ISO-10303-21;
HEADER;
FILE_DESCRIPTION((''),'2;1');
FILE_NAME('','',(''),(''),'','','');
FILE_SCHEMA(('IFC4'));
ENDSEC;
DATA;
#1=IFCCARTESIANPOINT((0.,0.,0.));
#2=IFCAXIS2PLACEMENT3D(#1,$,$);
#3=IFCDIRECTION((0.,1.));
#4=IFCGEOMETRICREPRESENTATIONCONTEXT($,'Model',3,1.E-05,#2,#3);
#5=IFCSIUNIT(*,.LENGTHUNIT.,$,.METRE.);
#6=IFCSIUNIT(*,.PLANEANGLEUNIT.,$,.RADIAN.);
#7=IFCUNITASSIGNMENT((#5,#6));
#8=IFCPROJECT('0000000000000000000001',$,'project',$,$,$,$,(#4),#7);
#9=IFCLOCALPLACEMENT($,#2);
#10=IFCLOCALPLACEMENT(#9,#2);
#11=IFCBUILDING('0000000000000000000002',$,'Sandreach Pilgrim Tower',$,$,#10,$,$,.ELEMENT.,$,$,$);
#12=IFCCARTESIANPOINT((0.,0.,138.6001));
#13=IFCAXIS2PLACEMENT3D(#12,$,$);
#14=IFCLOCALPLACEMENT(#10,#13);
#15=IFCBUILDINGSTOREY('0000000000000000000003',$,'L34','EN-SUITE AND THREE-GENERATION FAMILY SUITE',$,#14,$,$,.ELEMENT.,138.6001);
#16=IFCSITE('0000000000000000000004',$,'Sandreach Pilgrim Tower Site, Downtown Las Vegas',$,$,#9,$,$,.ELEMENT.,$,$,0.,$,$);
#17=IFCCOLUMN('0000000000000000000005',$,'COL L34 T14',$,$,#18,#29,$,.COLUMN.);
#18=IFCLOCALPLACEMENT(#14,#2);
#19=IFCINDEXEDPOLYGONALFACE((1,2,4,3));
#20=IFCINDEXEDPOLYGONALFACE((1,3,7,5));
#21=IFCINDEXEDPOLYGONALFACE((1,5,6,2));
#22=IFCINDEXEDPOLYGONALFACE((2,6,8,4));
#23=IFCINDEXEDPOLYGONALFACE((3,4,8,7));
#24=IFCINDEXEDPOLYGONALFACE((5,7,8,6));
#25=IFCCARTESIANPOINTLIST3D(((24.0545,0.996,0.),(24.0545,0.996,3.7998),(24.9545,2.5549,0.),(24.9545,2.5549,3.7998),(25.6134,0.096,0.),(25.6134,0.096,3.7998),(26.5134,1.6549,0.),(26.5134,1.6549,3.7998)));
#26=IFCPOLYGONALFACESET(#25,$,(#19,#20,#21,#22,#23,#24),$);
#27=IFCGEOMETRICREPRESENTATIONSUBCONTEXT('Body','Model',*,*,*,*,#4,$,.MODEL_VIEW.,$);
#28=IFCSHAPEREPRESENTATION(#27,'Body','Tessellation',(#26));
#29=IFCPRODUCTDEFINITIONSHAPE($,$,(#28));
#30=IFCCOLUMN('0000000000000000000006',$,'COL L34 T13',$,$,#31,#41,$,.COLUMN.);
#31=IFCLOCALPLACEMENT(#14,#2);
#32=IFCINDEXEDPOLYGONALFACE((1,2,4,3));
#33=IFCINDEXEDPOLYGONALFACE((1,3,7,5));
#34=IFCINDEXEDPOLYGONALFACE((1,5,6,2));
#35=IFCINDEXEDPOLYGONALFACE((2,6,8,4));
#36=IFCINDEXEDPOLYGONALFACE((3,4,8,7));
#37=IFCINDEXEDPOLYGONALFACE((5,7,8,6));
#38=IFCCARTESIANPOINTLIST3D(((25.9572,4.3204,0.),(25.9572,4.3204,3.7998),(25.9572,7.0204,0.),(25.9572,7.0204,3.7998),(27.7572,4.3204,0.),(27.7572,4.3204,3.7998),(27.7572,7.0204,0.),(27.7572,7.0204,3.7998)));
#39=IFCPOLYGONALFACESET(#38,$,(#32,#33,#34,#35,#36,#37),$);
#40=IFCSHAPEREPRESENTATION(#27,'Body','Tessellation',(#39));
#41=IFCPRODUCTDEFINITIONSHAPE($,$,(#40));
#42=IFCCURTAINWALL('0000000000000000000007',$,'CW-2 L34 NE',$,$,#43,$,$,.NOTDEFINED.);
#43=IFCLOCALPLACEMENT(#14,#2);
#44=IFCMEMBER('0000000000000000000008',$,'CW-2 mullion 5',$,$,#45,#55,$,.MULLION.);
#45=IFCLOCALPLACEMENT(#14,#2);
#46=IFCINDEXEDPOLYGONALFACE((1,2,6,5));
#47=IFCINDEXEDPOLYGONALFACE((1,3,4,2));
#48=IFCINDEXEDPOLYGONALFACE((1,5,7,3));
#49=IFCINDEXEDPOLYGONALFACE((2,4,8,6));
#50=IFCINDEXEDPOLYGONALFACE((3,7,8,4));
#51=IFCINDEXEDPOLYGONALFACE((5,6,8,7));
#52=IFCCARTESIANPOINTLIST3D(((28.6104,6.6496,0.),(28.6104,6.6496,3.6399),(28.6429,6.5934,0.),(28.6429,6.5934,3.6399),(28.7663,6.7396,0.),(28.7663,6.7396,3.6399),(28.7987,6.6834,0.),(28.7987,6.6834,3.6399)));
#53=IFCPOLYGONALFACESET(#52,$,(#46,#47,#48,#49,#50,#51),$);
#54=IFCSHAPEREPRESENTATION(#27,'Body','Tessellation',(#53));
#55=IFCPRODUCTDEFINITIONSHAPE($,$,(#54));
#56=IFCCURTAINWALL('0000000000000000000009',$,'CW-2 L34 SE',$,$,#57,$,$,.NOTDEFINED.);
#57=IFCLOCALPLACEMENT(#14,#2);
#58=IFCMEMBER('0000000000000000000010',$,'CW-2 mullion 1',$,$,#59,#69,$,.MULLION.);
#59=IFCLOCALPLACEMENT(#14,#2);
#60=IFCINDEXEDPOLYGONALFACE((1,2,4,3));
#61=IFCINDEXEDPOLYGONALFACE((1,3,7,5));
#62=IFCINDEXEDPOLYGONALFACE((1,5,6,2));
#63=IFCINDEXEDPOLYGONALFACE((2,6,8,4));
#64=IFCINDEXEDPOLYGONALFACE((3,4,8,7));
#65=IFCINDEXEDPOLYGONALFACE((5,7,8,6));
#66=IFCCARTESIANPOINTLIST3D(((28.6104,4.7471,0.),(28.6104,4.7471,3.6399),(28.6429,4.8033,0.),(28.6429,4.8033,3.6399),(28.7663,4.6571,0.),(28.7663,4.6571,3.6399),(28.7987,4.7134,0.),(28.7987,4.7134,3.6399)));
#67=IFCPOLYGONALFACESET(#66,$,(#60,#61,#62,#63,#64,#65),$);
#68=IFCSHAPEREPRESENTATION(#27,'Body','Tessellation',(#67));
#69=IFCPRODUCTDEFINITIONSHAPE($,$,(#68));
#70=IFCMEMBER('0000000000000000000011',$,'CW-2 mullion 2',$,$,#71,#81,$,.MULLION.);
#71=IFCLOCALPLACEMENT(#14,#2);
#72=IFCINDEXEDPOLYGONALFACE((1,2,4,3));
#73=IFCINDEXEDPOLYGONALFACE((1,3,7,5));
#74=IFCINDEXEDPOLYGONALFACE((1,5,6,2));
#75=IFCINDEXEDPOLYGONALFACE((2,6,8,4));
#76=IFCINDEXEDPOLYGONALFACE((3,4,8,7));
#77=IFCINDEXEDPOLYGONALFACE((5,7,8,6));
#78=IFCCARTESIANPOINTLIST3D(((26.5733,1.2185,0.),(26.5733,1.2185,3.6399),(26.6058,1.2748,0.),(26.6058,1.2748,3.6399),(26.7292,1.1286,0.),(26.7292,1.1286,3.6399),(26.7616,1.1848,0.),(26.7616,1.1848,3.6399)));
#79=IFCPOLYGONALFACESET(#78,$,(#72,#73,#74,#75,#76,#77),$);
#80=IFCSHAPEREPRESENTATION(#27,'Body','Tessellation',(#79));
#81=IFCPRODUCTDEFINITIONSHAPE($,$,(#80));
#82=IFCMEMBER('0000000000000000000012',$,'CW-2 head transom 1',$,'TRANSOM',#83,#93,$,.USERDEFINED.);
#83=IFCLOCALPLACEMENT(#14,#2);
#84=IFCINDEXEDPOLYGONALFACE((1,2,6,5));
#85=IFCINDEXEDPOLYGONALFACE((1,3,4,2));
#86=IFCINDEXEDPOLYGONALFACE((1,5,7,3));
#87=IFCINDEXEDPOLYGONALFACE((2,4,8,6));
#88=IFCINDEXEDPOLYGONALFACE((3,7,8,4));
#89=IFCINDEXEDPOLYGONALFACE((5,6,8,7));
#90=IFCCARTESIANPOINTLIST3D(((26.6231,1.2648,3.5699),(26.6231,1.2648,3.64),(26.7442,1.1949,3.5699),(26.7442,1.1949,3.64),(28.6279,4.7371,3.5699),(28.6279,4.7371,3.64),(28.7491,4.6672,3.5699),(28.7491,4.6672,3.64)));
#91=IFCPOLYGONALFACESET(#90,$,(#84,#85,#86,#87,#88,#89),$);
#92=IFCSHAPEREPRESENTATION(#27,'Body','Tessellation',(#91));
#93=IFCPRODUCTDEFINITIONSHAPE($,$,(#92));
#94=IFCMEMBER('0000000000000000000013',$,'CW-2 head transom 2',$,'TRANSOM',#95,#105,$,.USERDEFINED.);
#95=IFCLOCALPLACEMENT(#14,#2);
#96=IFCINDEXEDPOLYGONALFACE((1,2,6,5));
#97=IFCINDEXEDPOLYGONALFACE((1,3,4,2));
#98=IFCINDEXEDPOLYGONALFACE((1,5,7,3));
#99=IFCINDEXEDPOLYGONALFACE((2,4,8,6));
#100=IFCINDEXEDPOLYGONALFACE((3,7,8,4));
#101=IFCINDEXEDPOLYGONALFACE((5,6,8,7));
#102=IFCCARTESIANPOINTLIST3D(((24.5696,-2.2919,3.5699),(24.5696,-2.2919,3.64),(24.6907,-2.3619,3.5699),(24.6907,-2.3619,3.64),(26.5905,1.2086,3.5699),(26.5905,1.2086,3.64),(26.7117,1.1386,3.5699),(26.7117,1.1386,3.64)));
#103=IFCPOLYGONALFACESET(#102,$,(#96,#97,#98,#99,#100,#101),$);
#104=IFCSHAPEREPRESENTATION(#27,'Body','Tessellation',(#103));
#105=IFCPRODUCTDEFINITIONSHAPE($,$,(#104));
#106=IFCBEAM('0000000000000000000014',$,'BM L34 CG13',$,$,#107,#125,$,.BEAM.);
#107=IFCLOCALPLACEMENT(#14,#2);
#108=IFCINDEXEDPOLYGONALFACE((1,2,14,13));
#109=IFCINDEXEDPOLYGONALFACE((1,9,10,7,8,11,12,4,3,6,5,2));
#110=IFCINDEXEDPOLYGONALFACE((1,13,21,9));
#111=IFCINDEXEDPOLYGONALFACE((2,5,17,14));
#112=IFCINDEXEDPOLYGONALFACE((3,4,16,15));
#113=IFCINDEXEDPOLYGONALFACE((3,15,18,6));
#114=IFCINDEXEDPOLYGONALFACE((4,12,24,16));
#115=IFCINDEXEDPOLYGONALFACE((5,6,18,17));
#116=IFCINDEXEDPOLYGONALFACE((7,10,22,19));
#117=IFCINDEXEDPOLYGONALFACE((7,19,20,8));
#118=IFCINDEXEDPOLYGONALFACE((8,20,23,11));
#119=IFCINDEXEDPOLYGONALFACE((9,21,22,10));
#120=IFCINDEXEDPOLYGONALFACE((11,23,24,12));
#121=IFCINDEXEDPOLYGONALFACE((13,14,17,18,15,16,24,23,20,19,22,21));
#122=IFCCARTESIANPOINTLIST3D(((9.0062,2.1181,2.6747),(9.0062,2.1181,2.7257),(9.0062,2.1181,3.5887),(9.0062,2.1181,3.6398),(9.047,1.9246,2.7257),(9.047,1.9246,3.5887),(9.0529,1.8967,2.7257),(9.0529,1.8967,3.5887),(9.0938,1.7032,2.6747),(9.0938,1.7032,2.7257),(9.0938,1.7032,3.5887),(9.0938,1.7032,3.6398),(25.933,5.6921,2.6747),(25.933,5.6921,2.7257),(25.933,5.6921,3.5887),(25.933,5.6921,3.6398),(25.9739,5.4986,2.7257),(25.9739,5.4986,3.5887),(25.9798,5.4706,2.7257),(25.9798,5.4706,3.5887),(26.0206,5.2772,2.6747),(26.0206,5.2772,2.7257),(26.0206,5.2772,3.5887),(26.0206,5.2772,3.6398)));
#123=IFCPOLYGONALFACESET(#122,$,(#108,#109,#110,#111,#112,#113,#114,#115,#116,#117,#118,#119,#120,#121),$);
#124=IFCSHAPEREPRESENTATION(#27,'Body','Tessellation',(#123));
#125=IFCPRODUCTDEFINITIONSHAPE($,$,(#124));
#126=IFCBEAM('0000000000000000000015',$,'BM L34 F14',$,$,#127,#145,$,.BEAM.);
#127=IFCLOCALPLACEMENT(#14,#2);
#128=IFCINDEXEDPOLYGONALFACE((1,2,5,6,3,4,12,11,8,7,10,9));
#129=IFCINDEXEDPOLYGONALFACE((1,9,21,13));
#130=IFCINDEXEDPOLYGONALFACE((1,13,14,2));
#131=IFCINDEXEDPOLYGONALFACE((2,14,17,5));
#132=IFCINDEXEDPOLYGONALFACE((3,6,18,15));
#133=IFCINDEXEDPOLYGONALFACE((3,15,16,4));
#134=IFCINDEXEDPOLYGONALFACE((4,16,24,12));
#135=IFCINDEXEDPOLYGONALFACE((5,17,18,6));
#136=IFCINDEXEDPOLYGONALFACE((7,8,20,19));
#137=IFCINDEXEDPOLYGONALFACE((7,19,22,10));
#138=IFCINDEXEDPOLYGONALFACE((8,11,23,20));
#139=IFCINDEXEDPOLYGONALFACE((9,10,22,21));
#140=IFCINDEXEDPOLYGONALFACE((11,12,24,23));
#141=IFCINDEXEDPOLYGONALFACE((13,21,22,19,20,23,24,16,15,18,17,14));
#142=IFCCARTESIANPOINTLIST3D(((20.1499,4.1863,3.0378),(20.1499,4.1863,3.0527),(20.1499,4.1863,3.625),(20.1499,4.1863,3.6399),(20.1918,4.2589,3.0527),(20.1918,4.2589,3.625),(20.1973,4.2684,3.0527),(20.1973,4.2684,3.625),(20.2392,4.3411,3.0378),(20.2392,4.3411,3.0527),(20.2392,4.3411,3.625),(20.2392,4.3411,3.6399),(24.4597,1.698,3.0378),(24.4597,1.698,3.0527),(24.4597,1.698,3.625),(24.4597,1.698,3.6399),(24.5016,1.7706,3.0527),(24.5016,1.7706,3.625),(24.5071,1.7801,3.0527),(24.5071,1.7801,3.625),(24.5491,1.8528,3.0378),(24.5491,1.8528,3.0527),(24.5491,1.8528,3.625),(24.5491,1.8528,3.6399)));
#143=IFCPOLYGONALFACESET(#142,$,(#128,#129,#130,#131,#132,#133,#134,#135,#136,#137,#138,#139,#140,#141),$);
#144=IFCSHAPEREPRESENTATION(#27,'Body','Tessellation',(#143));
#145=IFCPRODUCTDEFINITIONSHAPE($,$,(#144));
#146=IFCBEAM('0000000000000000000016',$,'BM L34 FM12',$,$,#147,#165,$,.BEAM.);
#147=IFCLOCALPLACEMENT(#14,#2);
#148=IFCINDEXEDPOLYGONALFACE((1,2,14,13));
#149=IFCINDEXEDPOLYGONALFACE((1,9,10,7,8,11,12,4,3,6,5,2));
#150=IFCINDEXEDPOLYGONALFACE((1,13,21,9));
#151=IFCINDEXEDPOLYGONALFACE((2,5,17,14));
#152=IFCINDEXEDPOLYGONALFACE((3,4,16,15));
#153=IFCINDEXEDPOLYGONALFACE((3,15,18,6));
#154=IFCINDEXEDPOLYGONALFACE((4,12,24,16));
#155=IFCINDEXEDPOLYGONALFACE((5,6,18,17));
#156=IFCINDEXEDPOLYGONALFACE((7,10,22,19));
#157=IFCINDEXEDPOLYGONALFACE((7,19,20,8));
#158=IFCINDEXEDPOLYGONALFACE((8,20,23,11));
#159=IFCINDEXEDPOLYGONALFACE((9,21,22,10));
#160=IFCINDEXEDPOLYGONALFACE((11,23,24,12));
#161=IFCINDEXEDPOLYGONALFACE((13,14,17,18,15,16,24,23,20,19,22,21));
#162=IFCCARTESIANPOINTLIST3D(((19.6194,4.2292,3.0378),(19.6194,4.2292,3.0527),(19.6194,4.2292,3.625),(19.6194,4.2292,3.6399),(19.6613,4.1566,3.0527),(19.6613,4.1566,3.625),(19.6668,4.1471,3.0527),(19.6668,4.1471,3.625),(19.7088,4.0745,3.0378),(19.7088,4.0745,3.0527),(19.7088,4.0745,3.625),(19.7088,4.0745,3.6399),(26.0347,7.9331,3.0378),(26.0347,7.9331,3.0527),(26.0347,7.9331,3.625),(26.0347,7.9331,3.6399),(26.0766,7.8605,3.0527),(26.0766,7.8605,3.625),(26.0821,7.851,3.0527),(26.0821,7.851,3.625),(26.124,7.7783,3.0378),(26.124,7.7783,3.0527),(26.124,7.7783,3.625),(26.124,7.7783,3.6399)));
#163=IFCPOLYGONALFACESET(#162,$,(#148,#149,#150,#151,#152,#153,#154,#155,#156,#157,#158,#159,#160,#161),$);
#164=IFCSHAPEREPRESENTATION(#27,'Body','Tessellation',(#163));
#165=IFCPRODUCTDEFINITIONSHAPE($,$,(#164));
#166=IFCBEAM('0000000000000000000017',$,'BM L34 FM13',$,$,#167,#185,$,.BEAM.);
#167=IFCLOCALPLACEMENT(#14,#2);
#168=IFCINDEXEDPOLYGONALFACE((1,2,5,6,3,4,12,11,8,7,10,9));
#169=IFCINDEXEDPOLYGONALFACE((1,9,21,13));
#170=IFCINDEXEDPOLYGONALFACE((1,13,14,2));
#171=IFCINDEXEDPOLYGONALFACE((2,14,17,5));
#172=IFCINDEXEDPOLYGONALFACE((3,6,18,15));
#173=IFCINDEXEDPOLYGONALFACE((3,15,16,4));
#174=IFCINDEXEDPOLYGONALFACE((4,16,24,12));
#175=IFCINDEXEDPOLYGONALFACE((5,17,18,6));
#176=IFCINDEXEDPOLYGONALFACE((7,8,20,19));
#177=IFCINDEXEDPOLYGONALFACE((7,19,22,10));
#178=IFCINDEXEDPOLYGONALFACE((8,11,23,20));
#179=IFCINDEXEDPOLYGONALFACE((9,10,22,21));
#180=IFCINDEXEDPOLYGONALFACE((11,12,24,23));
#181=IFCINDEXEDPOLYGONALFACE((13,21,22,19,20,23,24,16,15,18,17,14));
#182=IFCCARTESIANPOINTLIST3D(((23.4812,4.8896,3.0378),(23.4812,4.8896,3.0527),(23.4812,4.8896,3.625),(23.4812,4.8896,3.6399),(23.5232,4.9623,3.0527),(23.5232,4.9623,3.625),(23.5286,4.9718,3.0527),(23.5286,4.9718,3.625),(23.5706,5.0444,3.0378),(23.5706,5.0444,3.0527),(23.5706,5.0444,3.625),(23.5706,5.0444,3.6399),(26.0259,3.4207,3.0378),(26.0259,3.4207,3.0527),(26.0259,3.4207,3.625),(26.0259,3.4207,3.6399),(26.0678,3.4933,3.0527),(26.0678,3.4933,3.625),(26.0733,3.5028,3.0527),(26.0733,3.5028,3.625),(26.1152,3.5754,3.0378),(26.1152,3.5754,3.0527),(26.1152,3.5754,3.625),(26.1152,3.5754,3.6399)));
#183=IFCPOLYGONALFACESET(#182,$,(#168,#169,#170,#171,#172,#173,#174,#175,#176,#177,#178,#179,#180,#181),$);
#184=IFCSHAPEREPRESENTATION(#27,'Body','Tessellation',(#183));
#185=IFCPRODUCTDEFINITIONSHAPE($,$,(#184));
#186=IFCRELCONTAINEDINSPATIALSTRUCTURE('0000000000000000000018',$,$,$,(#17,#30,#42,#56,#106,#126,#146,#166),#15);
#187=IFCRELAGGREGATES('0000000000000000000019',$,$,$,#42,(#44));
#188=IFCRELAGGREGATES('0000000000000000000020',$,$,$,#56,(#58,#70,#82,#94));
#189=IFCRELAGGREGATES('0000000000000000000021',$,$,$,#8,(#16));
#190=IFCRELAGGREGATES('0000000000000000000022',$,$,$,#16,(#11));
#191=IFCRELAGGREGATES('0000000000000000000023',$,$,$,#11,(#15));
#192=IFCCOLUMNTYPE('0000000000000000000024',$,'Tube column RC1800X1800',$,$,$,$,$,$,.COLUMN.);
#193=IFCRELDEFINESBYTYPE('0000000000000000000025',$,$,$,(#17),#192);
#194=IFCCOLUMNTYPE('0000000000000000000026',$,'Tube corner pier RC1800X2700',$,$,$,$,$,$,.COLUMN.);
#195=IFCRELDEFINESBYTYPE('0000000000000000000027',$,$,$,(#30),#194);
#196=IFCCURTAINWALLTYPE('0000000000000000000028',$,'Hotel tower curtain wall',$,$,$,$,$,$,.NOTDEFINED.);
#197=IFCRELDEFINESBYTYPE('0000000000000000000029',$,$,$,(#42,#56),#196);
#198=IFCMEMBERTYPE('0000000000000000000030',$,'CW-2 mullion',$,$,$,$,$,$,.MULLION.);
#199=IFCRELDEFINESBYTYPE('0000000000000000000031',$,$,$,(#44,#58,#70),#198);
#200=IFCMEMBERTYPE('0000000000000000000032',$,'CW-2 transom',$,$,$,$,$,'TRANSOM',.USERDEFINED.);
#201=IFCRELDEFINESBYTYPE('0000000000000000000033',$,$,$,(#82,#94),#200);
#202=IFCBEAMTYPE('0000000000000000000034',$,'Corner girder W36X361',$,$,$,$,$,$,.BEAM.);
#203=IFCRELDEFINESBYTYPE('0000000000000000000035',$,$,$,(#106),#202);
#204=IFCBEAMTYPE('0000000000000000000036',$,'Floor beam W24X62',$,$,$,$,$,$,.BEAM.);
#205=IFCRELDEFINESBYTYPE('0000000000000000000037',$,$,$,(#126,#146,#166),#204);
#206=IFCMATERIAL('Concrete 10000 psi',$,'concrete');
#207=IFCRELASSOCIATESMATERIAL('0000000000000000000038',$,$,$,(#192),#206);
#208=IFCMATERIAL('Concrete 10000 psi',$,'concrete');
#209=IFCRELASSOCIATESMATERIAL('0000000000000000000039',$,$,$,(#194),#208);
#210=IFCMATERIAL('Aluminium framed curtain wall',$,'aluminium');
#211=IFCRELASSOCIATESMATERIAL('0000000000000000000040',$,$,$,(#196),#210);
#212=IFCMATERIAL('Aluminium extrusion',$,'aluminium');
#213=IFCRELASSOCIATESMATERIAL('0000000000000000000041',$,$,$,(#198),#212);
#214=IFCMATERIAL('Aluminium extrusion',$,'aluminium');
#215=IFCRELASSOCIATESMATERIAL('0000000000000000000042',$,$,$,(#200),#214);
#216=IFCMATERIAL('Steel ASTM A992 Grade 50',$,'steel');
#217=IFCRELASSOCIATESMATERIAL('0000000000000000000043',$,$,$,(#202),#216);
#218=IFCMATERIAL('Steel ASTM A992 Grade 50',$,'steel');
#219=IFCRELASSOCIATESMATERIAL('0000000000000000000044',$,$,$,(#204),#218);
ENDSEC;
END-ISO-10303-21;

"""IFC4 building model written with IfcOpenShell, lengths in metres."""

from ifc_helpers import new_model, si_unit, direction, frame, origin, origin_2d, place, context, subcontext, project, spatial, rectangle, i_section, extrude, material, material_profile, profile_set, type_object, element, aggregate, save


model = new_model("IFC4")

# Units and contexts
model_context = context("Model", 3, precision=1e-05, world=origin(), true_north=direction((0.0, 1.0)))
body_context = subcontext(model_context, "Body", "Model", "MODEL_VIEW")
ifc_project = project(units=[si_unit("LENGTHUNIT", "METRE"), si_unit("PLANEANGLEUNIT", "RADIAN")], contexts=[model_context])

# Site, building, storey
site_placement = place(None, origin())
site = spatial("IfcSite", under=ifc_project, at=site_placement, Name="Sandreach Pilgrim Tower Site, Downtown Las Vegas", CompositionType="ELEMENT", RefElevation=0.0)
building_placement = place(site_placement, origin())
building = spatial("IfcBuilding", under=site, at=building_placement, Name="Sandreach Pilgrim Tower", CompositionType="ELEMENT")
storey_placement = place(building_placement, frame((0.0, 0.0, 138.6001)))
storey = spatial("IfcBuildingStorey", under=building, at=storey_placement, Name="L34", Description="EN-SUITE AND THREE-GENERATION FAMILY SUITE", CompositionType="ELEMENT", Elevation=138.6001)

# Columns
ifc_material_1 = material(Name="Concrete 10000 psi", Category="concrete")
ifc_material_profile_1 = material_profile(ifc_material_1, rectangle(XDim=1.8, YDim=1.8, at=origin_2d()), Name="RC1800X1800")
ifc_profile_set_1 = profile_set([ifc_material_profile_1], Name="Concrete 10000 psi")
column_type_1 = type_object("IfcColumnType", Name="Tube column RC1800X1800", PredefinedType="COLUMN", material=ifc_profile_set_1)
column_1_placement = place(storey_placement, frame((25.2839, 1.3254, 0.0), z_axis=(0.0, 0.0, 1.0), x_axis=(0.866025, -0.5, 0.0)))
element("IfcColumn", 1, at=column_1_placement, inside=storey, type_object=column_type_1, Name="COL L34 T14", PredefinedType="COLUMN", context=body_context, shape_type="SweptSolid", body=[
    extrude(rectangle(XDim=1.8, YDim=1.8, at=origin_2d()), origin(), (0.0, 0.0, 1.0), 3.7998),
])
ifc_material_2 = material(Name="Concrete 10000 psi", Category="concrete")
ifc_material_profile_2 = material_profile(ifc_material_2, rectangle(XDim=1.8, YDim=2.7, at=origin_2d()), Name="RC1800X2700")
ifc_profile_set_2 = profile_set([ifc_material_profile_2], Name="Concrete 10000 psi")
column_type_2 = type_object("IfcColumnType", Name="Tube corner pier RC1800X2700", PredefinedType="COLUMN", material=ifc_profile_set_2)
column_2_placement = place(storey_placement, frame((26.8572, 5.6704, 0.0), z_axis=(0.0, 0.0, 1.0), x_axis=(1.0, 0.0, 0.0)))
element("IfcColumn", 2, at=column_2_placement, inside=storey, type_object=column_type_2, Name="COL L34 T13", PredefinedType="COLUMN", context=body_context, shape_type="SweptSolid", body=[
    extrude(rectangle(XDim=1.8, YDim=2.7, at=origin_2d()), origin(), (0.0, 0.0, 1.0), 3.7998),
])

# Curtain wall, member
ifc_material_3 = material(Name="Aluminium framed curtain wall", Category="aluminium")
curtain_wall_type = type_object("IfcCurtainWallType", Name="Hotel tower curtain wall", PredefinedType="NOTDEFINED", material=ifc_material_3)
curtain_wall_1_placement = place(storey_placement, origin())
curtain_wall_1 = element("IfcCurtainWall", 3, at=curtain_wall_1_placement, inside=storey, type_object=curtain_wall_type, Name="CW-2 L34 NE", PredefinedType="NOTDEFINED")
ifc_material_4 = material(Name="Aluminium extrusion", Category="aluminium")
ifc_material_profile_3 = material_profile(ifc_material_4, rectangle(XDim=0.0649, YDim=0.1799, at=origin_2d()), Name="CW-2M 65X180")
ifc_profile_set_3 = profile_set([ifc_material_profile_3], Name="Aluminium extrusion")
member_type_1 = type_object("IfcMemberType", Name="CW-2 mullion", PredefinedType="MULLION", material=ifc_profile_set_3)
member_1_placement = place(storey_placement, frame((28.7046, 6.6665, 0.0), z_axis=(0.0, 0.0, 1.0), x_axis=(0.5, -0.866025, 0.0)))
member_1 = element("IfcMember", 4, at=member_1_placement, type_object=member_type_1, Name="CW-2 mullion 5", PredefinedType="MULLION", context=body_context, shape_type="SweptSolid", body=[
    extrude(rectangle(XDim=0.0649, YDim=0.1799, at=origin_2d()), origin(), (0.0, 0.0, 1.0), 3.6399),
])

# Curtain wall, members
curtain_wall_2_placement = place(storey_placement, origin())
curtain_wall_2 = element("IfcCurtainWall", 5, at=curtain_wall_2_placement, inside=storey, type_object=curtain_wall_type, Name="CW-2 L34 SE", PredefinedType="NOTDEFINED")
member_2_placement = place(storey_placement, frame((28.7046, 4.7302, 0.0), z_axis=(0.0, 0.0, 1.0), x_axis=(-0.5, -0.866025, 0.0)))
member_2 = element("IfcMember", 6, at=member_2_placement, type_object=member_type_1, Name="CW-2 mullion 1", PredefinedType="MULLION", context=body_context, shape_type="SweptSolid", body=[
    extrude(rectangle(XDim=0.0649, YDim=0.1799, at=origin_2d()), origin(), (0.0, 0.0, 1.0), 3.6399),
])
member_3_placement = place(storey_placement, frame((26.6675, 1.2017, 0.0), z_axis=(0.0, 0.0, 1.0), x_axis=(-0.5, -0.866025, 0.0)))
member_3 = element("IfcMember", 7, at=member_3_placement, type_object=member_type_1, Name="CW-2 mullion 2", PredefinedType="MULLION", context=body_context, shape_type="SweptSolid", body=[
    extrude(rectangle(XDim=0.0649, YDim=0.1799, at=origin_2d()), origin(), (0.0, 0.0, 1.0), 3.6399),
])
ifc_material_5 = material(Name="Aluminium extrusion", Category="aluminium")
ifc_material_profile_4 = material_profile(ifc_material_5, rectangle(XDim=0.1399, YDim=0.0701, at=origin_2d()), Name="CW-2T 140X70")
ifc_profile_set_4 = profile_set([ifc_material_profile_4], Name="Aluminium extrusion")
member_type_2 = type_object("IfcMemberType", Name="CW-2 transom", ElementType="TRANSOM", PredefinedType="USERDEFINED", material=ifc_profile_set_4)
member_4_placement = place(storey_placement, frame((28.6885, 4.7021, 3.605), z_axis=(-0.500016, -0.866016, 0.0), x_axis=(0.866016, -0.500016, 0.0)))
member_4 = element("IfcMember", 8, at=member_4_placement, type_object=member_type_2, Name="CW-2 head transom 1", ObjectType="TRANSOM", PredefinedType="USERDEFINED", context=body_context, shape_type="SweptSolid", body=[
    extrude(rectangle(XDim=0.1399, YDim=0.0701, at=origin_2d()), origin(), (0.0, 0.0, 1.0), 4.0095),
])
member_5_placement = place(storey_placement, frame((26.6511, 1.1736, 3.605), z_axis=(-0.499998, -0.866027, 0.0), x_axis=(0.866027, -0.499998, 0.0)))
member_5 = element("IfcMember", 9, at=member_5_placement, type_object=member_type_2, Name="CW-2 head transom 2", ObjectType="TRANSOM", PredefinedType="USERDEFINED", context=body_context, shape_type="SweptSolid", body=[
    extrude(rectangle(XDim=0.1399, YDim=0.0701, at=origin_2d()), origin(), (0.0, 0.0, 1.0), 4.042),
])

# Beams
ifc_material_6 = material(Name="Steel ASTM A992 Grade 50", Category="steel")
ifc_material_profile_5 = material_profile(ifc_material_6, i_section(OverallWidth=0.4241, OverallDepth=0.9651, WebThickness=0.0286, FlangeThickness=0.051, at=origin_2d()), Name="W36X361")
ifc_profile_set_5 = profile_set([ifc_material_profile_5], Name="Steel ASTM A992 Grade 50")
beam_type_1 = type_object("IfcBeamType", Name="Corner girder W36X361", PredefinedType="BEAM", material=ifc_profile_set_5)
beam_1_placement = place(storey_placement, frame((25.9768, 5.4846, 3.1572), z_axis=(-0.978428, -0.206589, 0.0), x_axis=(0.206589, -0.978428, 0.0)))
element("IfcBeam", 10, at=beam_1_placement, inside=storey, type_object=beam_type_1, Name="BM L34 CG13", PredefinedType="BEAM", context=body_context, shape_type="SweptSolid", body=[
    extrude(i_section(OverallWidth=0.4241, OverallDepth=0.9651, WebThickness=0.0286, FlangeThickness=0.051, at=origin_2d()), origin(), (0.0, 0.0, 1.0), 17.3),
])
ifc_material_7 = material(Name="Steel ASTM A992 Grade 50", Category="steel")
ifc_material_profile_6 = material_profile(ifc_material_7, i_section(OverallWidth=0.1787, OverallDepth=0.6021, WebThickness=0.011, FlangeThickness=0.0149, at=origin_2d()), Name="W24X62")
ifc_profile_set_6 = profile_set([ifc_material_profile_6], Name="Steel ASTM A992 Grade 50")
beam_type_2 = type_object("IfcBeamType", Name="Floor beam W24X62", PredefinedType="BEAM", material=ifc_profile_set_6)
beam_2_placement = place(storey_placement, frame((24.5044, 1.7754, 3.3389), z_axis=(-0.866025, 0.500001, 0.0), x_axis=(-0.500001, -0.866025, 0.0)))
element("IfcBeam", 11, at=beam_2_placement, inside=storey, type_object=beam_type_2, Name="BM L34 F14", PredefinedType="BEAM", context=body_context, shape_type="SweptSolid", body=[
    extrude(i_section(OverallWidth=0.1787, OverallDepth=0.6021, WebThickness=0.011, FlangeThickness=0.0149, at=origin_2d()), origin(), (0.0, 0.0, 1.0), 4.9766),
])
beam_3_placement = place(storey_placement, frame((26.0793, 7.8557, 3.3389), z_axis=(-0.866026, -0.499999, 0.0), x_axis=(0.499999, -0.866026, 0.0)))
element("IfcBeam", 12, at=beam_3_placement, inside=storey, type_object=beam_type_2, Name="BM L34 FM12", PredefinedType="BEAM", context=body_context, shape_type="SweptSolid", body=[
    extrude(i_section(OverallWidth=0.1787, OverallDepth=0.6021, WebThickness=0.011, FlangeThickness=0.0149, at=origin_2d()), origin(), (0.0, 0.0, 1.0), 7.4077),
])
beam_4_placement = place(storey_placement, frame((26.0706, 3.498, 3.3389), z_axis=(-0.866051, 0.499955, 0.0), x_axis=(-0.499955, -0.866051, 0.0)))
element("IfcBeam", 13, at=beam_4_placement, inside=storey, type_object=beam_type_2, Name="BM L34 FM13", PredefinedType="BEAM", context=body_context, shape_type="SweptSolid", body=[
    extrude(i_section(OverallWidth=0.1787, OverallDepth=0.6021, WebThickness=0.011, FlangeThickness=0.0149, at=origin_2d()), origin(), (0.0, 0.0, 1.0), 2.9382),
])

aggregate(curtain_wall_1, [member_1])
aggregate(curtain_wall_2, [member_2, member_3, member_4, member_5])

save(model, "model.ifc")
